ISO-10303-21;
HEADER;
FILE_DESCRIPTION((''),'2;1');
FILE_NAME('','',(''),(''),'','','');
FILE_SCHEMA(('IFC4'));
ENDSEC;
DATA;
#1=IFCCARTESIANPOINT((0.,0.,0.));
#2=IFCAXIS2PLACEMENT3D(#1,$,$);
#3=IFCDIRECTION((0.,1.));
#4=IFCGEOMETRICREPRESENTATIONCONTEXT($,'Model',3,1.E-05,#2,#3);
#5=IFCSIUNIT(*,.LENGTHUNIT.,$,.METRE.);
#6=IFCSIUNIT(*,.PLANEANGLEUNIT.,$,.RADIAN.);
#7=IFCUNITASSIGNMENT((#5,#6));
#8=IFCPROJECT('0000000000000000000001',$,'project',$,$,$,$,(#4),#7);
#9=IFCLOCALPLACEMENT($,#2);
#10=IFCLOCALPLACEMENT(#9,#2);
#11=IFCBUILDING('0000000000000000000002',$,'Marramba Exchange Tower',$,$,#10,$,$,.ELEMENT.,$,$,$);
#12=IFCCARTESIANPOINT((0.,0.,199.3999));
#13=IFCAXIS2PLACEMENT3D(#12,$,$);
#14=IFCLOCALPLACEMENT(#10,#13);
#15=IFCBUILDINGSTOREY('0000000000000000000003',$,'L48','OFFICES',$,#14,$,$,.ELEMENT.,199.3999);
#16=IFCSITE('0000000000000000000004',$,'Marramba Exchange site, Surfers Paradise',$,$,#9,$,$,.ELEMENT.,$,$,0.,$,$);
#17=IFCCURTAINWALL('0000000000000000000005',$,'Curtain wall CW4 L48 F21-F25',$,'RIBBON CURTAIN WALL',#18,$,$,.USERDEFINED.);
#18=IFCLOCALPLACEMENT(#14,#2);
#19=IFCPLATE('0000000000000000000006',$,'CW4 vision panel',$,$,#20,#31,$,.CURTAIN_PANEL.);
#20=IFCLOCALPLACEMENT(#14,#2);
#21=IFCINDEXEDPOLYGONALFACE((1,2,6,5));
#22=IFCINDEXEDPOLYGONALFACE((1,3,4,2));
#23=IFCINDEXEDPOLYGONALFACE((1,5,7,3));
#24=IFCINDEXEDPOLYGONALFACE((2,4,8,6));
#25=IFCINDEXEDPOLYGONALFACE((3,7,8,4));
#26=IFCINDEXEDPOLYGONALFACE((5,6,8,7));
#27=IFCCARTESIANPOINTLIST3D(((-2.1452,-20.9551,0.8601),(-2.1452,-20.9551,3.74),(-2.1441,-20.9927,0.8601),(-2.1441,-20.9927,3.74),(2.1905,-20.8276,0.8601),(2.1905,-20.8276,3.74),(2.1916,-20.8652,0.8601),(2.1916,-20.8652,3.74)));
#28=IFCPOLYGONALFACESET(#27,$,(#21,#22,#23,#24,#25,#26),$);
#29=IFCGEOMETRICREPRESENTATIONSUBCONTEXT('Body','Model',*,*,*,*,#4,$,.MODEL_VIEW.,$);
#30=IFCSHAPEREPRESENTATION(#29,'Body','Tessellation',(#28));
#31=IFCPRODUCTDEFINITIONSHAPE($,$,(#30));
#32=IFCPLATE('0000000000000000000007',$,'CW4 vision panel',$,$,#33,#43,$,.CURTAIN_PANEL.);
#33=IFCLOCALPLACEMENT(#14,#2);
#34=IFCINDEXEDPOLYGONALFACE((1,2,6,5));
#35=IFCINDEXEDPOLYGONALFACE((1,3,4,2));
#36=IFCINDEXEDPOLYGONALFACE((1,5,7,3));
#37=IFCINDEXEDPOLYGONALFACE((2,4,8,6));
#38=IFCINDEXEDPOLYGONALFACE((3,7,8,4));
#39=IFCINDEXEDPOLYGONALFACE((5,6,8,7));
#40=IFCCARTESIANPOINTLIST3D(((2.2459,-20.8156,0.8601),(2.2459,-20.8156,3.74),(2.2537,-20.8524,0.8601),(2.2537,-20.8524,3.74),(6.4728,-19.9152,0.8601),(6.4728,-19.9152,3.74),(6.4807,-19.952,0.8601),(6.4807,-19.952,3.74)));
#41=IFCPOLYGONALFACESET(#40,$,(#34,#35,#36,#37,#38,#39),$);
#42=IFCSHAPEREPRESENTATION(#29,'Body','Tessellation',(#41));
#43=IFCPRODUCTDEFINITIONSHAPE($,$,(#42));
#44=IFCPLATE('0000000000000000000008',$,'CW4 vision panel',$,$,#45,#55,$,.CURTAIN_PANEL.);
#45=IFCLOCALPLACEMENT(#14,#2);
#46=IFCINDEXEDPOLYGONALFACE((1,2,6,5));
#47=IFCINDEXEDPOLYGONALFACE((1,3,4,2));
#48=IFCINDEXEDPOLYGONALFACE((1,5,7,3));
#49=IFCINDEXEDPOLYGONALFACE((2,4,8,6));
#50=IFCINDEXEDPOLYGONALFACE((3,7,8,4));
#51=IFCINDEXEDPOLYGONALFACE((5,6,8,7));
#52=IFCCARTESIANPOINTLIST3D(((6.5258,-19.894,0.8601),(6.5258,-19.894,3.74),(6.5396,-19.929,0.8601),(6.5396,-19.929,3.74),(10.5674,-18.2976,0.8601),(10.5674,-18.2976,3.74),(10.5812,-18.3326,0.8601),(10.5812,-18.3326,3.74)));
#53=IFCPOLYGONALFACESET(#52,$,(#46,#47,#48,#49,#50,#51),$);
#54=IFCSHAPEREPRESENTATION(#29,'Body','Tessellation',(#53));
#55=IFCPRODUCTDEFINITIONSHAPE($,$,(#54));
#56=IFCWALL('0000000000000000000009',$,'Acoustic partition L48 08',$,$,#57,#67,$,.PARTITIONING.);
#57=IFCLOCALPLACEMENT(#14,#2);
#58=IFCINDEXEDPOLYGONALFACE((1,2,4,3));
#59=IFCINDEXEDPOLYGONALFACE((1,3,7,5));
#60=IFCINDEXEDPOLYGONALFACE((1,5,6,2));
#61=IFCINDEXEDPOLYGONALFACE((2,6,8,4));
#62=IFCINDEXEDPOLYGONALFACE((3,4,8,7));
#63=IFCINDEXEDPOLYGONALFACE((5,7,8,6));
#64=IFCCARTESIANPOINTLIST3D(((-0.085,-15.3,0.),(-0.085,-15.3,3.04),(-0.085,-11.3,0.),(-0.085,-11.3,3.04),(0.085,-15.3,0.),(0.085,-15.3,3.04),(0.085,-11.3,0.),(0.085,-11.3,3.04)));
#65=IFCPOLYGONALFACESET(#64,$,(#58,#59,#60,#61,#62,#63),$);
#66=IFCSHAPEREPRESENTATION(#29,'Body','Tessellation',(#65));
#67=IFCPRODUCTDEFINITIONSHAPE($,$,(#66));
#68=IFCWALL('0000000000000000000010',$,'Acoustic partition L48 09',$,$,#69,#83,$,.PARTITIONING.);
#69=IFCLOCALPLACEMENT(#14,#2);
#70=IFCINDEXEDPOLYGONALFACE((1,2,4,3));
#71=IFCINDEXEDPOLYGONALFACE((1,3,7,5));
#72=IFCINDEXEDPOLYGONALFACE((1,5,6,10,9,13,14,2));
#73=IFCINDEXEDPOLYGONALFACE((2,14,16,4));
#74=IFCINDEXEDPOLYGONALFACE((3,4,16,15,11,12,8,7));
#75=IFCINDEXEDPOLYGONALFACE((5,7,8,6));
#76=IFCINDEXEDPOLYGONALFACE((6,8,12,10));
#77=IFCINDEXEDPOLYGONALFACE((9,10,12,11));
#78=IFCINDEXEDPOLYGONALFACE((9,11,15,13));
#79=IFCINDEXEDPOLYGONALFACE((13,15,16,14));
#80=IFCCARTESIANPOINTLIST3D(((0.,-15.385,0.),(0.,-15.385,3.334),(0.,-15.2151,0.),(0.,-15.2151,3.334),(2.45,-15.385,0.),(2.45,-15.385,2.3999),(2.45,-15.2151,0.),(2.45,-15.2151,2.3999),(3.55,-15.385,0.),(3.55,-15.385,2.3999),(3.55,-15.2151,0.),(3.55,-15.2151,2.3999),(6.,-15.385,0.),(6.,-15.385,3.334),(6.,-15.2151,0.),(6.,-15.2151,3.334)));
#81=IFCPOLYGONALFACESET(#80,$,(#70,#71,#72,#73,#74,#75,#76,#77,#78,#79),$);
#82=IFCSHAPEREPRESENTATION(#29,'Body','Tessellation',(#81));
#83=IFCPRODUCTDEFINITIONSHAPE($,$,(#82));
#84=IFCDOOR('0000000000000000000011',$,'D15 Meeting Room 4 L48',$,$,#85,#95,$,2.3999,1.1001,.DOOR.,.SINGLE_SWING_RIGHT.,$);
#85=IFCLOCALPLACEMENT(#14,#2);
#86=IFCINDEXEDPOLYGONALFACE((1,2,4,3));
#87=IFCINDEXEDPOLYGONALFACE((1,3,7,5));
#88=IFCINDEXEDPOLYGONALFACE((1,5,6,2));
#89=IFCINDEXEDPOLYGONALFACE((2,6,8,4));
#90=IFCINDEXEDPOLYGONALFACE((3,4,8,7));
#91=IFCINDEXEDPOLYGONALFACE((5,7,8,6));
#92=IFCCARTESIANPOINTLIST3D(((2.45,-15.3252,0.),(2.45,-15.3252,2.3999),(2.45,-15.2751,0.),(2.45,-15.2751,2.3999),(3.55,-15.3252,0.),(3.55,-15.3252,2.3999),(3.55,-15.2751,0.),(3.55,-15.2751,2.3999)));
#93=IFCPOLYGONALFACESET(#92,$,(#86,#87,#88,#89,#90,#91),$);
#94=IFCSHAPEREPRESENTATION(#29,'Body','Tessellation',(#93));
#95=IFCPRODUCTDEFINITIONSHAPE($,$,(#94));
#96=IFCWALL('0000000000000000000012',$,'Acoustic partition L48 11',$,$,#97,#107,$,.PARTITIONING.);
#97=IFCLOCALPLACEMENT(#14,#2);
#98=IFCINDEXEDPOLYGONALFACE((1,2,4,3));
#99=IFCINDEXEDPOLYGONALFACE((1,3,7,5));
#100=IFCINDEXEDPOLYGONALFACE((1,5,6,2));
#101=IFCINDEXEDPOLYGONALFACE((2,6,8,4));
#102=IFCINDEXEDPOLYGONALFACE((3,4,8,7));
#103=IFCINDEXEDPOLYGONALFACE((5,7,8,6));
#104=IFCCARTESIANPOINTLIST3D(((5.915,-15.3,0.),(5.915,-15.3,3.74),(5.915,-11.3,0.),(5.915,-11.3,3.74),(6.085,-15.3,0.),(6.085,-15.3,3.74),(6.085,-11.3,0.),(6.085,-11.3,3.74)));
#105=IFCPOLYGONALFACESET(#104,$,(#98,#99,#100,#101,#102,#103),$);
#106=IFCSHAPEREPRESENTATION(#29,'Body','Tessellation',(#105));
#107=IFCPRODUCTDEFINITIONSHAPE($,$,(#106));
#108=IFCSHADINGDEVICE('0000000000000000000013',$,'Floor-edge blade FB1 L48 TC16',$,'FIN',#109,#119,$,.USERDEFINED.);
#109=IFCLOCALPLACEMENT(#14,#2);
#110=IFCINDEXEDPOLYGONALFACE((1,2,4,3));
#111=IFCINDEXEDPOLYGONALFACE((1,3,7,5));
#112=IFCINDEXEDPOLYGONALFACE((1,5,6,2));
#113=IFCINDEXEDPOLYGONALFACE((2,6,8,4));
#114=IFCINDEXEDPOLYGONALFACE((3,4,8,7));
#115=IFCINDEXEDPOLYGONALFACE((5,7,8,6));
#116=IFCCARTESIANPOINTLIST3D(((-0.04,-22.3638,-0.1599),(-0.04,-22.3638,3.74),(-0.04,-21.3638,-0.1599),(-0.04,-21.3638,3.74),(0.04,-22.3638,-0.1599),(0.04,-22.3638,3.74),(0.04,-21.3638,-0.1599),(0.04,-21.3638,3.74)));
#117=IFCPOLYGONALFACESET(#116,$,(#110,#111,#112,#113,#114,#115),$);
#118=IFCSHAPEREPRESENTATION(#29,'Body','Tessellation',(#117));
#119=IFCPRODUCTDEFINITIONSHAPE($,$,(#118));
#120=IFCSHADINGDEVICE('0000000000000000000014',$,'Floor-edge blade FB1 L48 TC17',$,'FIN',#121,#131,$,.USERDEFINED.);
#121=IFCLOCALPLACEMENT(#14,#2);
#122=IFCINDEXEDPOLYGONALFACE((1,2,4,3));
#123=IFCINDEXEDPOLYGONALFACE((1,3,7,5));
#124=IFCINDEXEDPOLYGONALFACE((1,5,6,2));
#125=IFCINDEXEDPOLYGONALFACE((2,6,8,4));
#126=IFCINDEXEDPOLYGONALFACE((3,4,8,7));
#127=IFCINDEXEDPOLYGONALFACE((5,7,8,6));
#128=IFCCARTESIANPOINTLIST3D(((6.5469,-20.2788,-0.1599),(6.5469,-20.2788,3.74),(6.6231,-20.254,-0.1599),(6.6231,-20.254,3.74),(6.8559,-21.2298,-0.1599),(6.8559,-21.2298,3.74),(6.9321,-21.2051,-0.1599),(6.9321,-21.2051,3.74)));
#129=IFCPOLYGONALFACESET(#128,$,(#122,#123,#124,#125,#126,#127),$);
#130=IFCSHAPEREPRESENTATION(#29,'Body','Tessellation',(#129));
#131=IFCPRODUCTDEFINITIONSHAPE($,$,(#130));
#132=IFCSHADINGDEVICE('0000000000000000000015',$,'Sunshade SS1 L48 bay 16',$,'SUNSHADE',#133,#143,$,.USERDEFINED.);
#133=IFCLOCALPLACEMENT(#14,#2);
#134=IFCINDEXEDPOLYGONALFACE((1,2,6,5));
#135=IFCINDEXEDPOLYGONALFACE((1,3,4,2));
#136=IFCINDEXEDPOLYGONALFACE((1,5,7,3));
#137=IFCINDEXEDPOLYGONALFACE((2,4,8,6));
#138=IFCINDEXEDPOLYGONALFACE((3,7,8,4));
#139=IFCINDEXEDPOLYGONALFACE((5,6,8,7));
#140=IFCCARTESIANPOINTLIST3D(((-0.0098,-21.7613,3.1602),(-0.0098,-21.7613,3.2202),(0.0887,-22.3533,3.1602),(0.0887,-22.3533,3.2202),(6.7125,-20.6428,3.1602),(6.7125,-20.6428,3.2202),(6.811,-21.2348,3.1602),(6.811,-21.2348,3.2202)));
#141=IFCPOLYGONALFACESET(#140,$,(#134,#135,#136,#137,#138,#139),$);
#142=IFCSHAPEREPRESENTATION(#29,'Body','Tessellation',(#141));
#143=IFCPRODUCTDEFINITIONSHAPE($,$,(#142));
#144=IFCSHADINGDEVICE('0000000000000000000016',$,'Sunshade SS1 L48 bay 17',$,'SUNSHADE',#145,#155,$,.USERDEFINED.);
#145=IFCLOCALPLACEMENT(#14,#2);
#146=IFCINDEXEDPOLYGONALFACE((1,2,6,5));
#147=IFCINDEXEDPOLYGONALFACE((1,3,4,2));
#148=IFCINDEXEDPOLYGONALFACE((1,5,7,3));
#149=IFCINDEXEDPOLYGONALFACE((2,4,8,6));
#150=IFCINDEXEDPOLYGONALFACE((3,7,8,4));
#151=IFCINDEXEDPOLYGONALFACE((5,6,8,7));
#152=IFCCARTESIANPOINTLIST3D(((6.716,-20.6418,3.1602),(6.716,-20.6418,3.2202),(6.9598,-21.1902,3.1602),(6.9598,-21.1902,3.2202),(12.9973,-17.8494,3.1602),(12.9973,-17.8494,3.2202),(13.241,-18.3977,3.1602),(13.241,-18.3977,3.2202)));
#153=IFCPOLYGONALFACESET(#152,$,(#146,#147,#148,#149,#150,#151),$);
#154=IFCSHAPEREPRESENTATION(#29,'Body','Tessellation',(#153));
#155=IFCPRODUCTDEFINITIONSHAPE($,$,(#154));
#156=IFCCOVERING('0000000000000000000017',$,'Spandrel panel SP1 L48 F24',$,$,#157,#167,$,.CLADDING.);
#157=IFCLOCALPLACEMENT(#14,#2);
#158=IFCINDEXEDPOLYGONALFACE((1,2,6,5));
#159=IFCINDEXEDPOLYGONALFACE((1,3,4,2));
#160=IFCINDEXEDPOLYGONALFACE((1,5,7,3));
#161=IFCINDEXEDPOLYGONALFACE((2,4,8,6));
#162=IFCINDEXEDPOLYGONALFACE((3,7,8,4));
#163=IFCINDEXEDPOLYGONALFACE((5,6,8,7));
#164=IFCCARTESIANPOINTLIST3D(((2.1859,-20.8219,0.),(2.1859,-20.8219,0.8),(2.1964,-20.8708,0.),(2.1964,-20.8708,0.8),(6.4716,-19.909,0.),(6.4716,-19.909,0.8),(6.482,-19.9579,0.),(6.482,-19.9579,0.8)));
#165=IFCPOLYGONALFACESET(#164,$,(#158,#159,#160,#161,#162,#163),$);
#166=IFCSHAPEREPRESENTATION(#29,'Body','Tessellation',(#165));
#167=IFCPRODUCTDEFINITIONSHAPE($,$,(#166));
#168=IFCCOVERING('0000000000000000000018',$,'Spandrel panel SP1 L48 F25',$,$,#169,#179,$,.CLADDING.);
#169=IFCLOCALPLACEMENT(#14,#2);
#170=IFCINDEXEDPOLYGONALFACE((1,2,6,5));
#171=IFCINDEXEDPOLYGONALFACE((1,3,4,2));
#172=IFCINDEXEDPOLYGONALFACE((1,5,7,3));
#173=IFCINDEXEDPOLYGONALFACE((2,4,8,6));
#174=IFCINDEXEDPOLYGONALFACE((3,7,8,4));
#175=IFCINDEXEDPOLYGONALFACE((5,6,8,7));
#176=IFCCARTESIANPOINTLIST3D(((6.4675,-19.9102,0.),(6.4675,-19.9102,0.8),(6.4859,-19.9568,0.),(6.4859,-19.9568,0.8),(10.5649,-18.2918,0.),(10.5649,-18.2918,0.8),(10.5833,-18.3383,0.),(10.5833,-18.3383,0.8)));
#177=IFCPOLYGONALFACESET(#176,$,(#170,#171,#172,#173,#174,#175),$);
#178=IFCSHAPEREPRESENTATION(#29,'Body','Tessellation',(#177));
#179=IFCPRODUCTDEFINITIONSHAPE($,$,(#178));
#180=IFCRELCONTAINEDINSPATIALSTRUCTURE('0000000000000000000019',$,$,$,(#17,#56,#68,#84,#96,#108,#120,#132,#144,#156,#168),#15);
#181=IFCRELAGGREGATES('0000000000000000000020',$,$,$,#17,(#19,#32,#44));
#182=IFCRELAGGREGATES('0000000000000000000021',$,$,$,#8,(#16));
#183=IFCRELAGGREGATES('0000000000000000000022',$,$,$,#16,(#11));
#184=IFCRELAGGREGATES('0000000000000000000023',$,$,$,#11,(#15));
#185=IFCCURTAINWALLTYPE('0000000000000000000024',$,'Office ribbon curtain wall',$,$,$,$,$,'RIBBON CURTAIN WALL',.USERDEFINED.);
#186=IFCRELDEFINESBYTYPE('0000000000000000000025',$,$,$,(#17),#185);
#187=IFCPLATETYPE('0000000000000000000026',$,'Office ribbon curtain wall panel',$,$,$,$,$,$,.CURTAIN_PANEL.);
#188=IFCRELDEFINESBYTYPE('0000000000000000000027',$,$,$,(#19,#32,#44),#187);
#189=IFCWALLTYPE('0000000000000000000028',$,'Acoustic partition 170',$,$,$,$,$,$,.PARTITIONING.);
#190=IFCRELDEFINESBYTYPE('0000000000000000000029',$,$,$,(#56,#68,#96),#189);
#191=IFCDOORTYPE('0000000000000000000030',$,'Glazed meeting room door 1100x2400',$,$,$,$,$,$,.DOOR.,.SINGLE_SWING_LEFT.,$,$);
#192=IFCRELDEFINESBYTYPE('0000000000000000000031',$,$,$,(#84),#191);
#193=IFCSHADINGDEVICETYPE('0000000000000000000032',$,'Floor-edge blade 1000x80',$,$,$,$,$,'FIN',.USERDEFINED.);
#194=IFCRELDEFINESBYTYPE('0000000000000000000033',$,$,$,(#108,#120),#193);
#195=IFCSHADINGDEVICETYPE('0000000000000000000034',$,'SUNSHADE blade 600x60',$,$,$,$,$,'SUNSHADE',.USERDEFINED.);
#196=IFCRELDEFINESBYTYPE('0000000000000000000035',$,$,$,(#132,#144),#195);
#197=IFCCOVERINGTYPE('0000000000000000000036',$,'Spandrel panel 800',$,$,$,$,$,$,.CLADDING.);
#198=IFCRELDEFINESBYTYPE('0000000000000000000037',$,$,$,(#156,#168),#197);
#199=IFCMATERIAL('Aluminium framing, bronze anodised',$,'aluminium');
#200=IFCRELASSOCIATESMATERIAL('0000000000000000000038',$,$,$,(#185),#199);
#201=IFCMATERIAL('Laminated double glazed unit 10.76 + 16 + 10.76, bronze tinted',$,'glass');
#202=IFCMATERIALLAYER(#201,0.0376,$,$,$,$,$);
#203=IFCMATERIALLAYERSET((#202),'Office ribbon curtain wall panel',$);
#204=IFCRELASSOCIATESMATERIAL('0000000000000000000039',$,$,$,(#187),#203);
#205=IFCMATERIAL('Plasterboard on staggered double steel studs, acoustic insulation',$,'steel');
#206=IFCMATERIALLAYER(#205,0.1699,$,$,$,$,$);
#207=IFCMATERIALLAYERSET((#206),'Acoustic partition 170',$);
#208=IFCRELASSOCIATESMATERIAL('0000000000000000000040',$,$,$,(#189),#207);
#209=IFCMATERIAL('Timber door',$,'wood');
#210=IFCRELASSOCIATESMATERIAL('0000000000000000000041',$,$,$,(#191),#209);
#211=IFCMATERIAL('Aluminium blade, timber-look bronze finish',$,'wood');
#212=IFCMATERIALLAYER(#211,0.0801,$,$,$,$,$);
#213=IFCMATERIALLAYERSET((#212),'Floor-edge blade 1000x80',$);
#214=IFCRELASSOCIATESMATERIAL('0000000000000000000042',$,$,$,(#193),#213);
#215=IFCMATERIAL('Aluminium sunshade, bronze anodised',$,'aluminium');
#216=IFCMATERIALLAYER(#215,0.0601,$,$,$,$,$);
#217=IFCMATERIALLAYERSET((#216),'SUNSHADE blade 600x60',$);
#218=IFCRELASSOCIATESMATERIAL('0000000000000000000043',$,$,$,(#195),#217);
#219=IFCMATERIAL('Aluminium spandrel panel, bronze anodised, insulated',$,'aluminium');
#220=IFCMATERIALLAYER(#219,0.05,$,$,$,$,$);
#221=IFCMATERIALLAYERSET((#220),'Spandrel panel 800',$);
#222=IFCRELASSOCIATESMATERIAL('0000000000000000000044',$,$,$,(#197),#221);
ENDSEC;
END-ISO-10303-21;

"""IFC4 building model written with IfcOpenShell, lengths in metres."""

from ifc_helpers import new_model, si_unit, direction, frame, frame_2d, origin, origin_2d, place, context, subcontext, project, spatial, rectangle, extrude, material, layer, layer_set, type_object, element, fill, aggregate, save


model = new_model("IFC4")

# Units and contexts
model_context = context("Model", 3, precision=1e-05, world=origin(), true_north=direction((0.0, 1.0)))
body_context = subcontext(model_context, "Body", "Model", "MODEL_VIEW")
ifc_project = project(units=[si_unit("LENGTHUNIT", "METRE"), si_unit("PLANEANGLEUNIT", "RADIAN")], contexts=[model_context])

# Site, building, storey
site_placement = place(None, origin())
site = spatial("IfcSite", under=ifc_project, at=site_placement, Name="Marramba Exchange site, Surfers Paradise", CompositionType="ELEMENT", RefElevation=0.0)
building_placement = place(site_placement, origin())
building = spatial("IfcBuilding", under=site, at=building_placement, Name="Marramba Exchange Tower", CompositionType="ELEMENT")
storey_placement = place(building_placement, frame((0.0, 0.0, 199.3999)))
storey = spatial("IfcBuildingStorey", under=building, at=storey_placement, Name="L48", Description="OFFICES", CompositionType="ELEMENT", Elevation=199.3999)

# Curtain wall
ifc_material_1 = material(Name="Aluminium framing, bronze anodised", Category="aluminium")
curtain_wall_type = type_object("IfcCurtainWallType", Name="Office ribbon curtain wall", ElementType="RIBBON CURTAIN WALL", PredefinedType="USERDEFINED", material=ifc_material_1)
curtain_wall_placement = place(storey_placement, origin())
curtain_wall = element("IfcCurtainWall", 1, at=curtain_wall_placement, inside=storey, type_object=curtain_wall_type, Name="Curtain wall CW4 L48 F21-F25", ObjectType="RIBBON CURTAIN WALL", PredefinedType="USERDEFINED")

# Plates
ifc_material_2 = material(Name="Laminated double glazed unit 10.76 + 16 + 10.76, bronze tinted", Category="glass")
ifc_layer_1 = layer(ifc_material_2, 0.0376)
ifc_layer_set_1 = layer_set([ifc_layer_1], Name="Office ribbon curtain wall panel")
plate_type = type_object("IfcPlateType", Name="Office ribbon curtain wall panel", PredefinedType="CURTAIN_PANEL", material=ifc_layer_set_1)
plate_1_placement = place(storey_placement, frame((0.0232, -20.9102, 0.8601), z_axis=(0.0, 0.0, 1.0), x_axis=(0.999568, 0.029393, 0.0)))
plate_1 = element("IfcPlate", 2, at=plate_1_placement, type_object=plate_type, Name="CW4 vision panel", PredefinedType="CURTAIN_PANEL", context=body_context, shape_type="SweptSolid", body=[
    extrude(rectangle(XDim=4.3376, YDim=0.0376, at=origin_2d()), origin(), (0.0, 0.0, 1.0), 2.8799),
])
plate_2_placement = place(storey_placement, frame((4.3633, -20.3838, 0.8601), z_axis=(0.0, 0.0, 1.0), x_axis=(0.978058, 0.208332, 0.0)))
plate_2 = element("IfcPlate", 3, at=plate_2_placement, type_object=plate_type, Name="CW4 vision panel", PredefinedType="CURTAIN_PANEL", context=body_context, shape_type="SweptSolid", body=[
    extrude(rectangle(XDim=4.3218, YDim=0.0376, at=origin_2d()), origin(), (0.0, 0.0, 1.0), 2.8799),
])
plate_3_placement = place(storey_placement, frame((8.5535, -19.1133, 0.8601), z_axis=(0.0, 0.0, 1.0), x_axis=(0.930073, 0.367375, 0.0)))
plate_3 = element("IfcPlate", 4, at=plate_3_placement, type_object=plate_type, Name="CW4 vision panel", PredefinedType="CURTAIN_PANEL", context=body_context, shape_type="SweptSolid", body=[
    extrude(rectangle(XDim=4.3455, YDim=0.0376, at=origin_2d()), origin(), (0.0, 0.0, 1.0), 2.8799),
])
aggregate(curtain_wall, [plate_1, plate_2, plate_3])

# Wall
ifc_material_3 = material(Name="Plasterboard on staggered double steel studs, acoustic insulation", Category="steel")
ifc_layer_2 = layer(ifc_material_3, 0.1699)
ifc_layer_set_2 = layer_set([ifc_layer_2], Name="Acoustic partition 170")
wall_type = type_object("IfcWallType", Name="Acoustic partition 170", PredefinedType="PARTITIONING", material=ifc_layer_set_2)
wall_1_placement = place(storey_placement, frame((0.0, -15.3, 0.0), z_axis=(0.0, 0.0, 1.0), x_axis=(0.0, 1.0, 0.0)))
element("IfcWall", 5, at=wall_1_placement, inside=storey, type_object=wall_type, Name="Acoustic partition L48 08", PredefinedType="PARTITIONING", context=body_context, shape_type="SweptSolid", body=[
    extrude(rectangle(XDim=4.0, YDim=0.1699, at=frame_2d((2.0, 0.0))), origin(), (0.0, 0.0, 1.0), 3.04),
])

# Wall, opening, door
wall_2_placement = place(storey_placement, frame((0.0, -15.3, 0.0), z_axis=(0.0, 0.0, 1.0), x_axis=(1.0, 0.0, 0.0)))
wall_2 = element("IfcWall", 6, at=wall_2_placement, inside=storey, type_object=wall_type, Name="Acoustic partition L48 09", PredefinedType="PARTITIONING", context=body_context, shape_type="SweptSolid", body=[
    extrude(rectangle(XDim=6.0, YDim=0.1699, at=frame_2d((3.0, 0.0))), origin(), (0.0, 0.0, 1.0), 3.334),
])
opening_placement = place(wall_2_placement, frame((2.45, 0.0, 0.0)))
opening = element("IfcOpeningElement", 7, at=opening_placement, cuts=wall_2, PredefinedType="OPENING", context=body_context, shape_type="SweptSolid", body=[
    extrude(rectangle(XDim=1.1001, YDim=2.3999, at=frame_2d((0.55, 1.2))), frame((0.0, 0.095, 0.0), z_axis=(0.0, -1.0, 0.0), x_axis=(1.0, 0.0, 0.0)), (0.0, 0.0, 1.0), 0.1899),
])
ifc_material_4 = material(Name="Timber door", Category="wood")
door_type = type_object("IfcDoorType", Name="Glazed meeting room door 1100x2400", OperationType="SINGLE_SWING_LEFT", PredefinedType="DOOR", material=ifc_material_4)
door_placement = place(opening_placement, origin())
door = element("IfcDoor", 8, at=door_placement, inside=storey, type_object=door_type, Name="D15 Meeting Room 4 L48", OperationType="SINGLE_SWING_RIGHT", OverallHeight=2.3999, OverallWidth=1.1001, PredefinedType="DOOR", context=body_context, shape_type="SweptSolid", body=[
    extrude(rectangle(XDim=1.1001, YDim=2.3999, at=frame_2d((0.55, 1.2))), frame((0.0, 0.0249, 0.0), z_axis=(0.0, -1.0, 0.0), x_axis=(1.0, 0.0, 0.0)), (0.0, 0.0, 1.0), 0.05),
])
fill(opening, door)

# Wall
wall_3_placement = place(storey_placement, frame((6.0, -15.3, 0.0), z_axis=(0.0, 0.0, 1.0), x_axis=(0.0, 1.0, 0.0)))
element("IfcWall", 9, at=wall_3_placement, inside=storey, type_object=wall_type, Name="Acoustic partition L48 11", PredefinedType="PARTITIONING", context=body_context, shape_type="SweptSolid", body=[
    extrude(rectangle(XDim=4.0, YDim=0.1699, at=frame_2d((2.0, 0.0))), origin(), (0.0, 0.0, 1.0), 3.74),
])

# Shading devices
ifc_material_5 = material(Name="Aluminium blade, timber-look bronze finish", Category="wood")
ifc_layer_3 = layer(ifc_material_5, 0.0801)
ifc_layer_set_3 = layer_set([ifc_layer_3], Name="Floor-edge blade 1000x80")
shading_device_type_1 = type_object("IfcShadingDeviceType", Name="Floor-edge blade 1000x80", ElementType="FIN", PredefinedType="USERDEFINED", material=ifc_layer_set_3)
for number, where, z_axis, x_axis, name in (
    (10, (0.0, -21.8638, -0.1599), (0.0, 0.0, 1.0), (0.0, -1.0, 0.0), "Floor-edge blade FB1 L48 TC16"),
    (11, (6.7395, -20.7419, -0.1599), (0.0, 0.0, 1.0), (0.309017, -0.951057, 0.0), "Floor-edge blade FB1 L48 TC17"),
):
    element("IfcShadingDevice", number, at=place(storey_placement, frame(where, z_axis=z_axis, x_axis=x_axis)), inside=storey, type_object=shading_device_type_1, Name=name, ObjectType="FIN", PredefinedType="USERDEFINED", context=body_context, shape_type="SweptSolid", body=[
        extrude(rectangle(XDim=1.0, YDim=0.0801, at=origin_2d()), origin(), (0.0, 0.0, 1.0), 3.8999),
    ])
ifc_material_6 = material(Name="Aluminium sunshade, bronze anodised", Category="aluminium")
ifc_layer_4 = layer(ifc_material_6, 0.0601)
ifc_layer_set_4 = layer_set([ifc_layer_4], Name="SUNSHADE blade 600x60")
shading_device_type_2 = type_object("IfcShadingDeviceType", Name="SUNSHADE blade 600x60", ElementType="SUNSHADE", PredefinedType="USERDEFINED", material=ifc_layer_set_4)
shading_device_1_placement = place(storey_placement, frame((3.4006, -21.498, 3.1602), z_axis=(0.0, 0.0, 1.0), x_axis=(0.98644, 0.164125, 0.0)))
element("IfcShadingDevice", 12, at=shading_device_1_placement, inside=storey, type_object=shading_device_type_2, Name="Sunshade SS1 L48 bay 16", ObjectType="SUNSHADE", PredefinedType="USERDEFINED", context=body_context, shape_type="SweptSolid", body=[
    extrude(rectangle(XDim=6.8147, YDim=0.6001, at=origin_2d()), origin(), (0.0, 0.0, 1.0), 0.0601),
])
shading_device_2_placement = place(storey_placement, frame((9.9785, -19.5198, 3.1602), z_axis=(0.0, 0.0, 1.0), x_axis=(0.913772, 0.406228, 0.0)))
element("IfcShadingDevice", 13, at=shading_device_2_placement, inside=storey, type_object=shading_device_type_2, Name="Sunshade SS1 L48 bay 17", ObjectType="SUNSHADE", PredefinedType="USERDEFINED", context=body_context, shape_type="SweptSolid", body=[
    extrude(rectangle(XDim=6.874, YDim=0.6001, at=origin_2d()), origin(), (0.0, 0.0, 1.0), 0.0601),
])

# Coverings
ifc_material_7 = material(Name="Aluminium spandrel panel, bronze anodised, insulated", Category="aluminium")
ifc_layer_5 = layer(ifc_material_7, 0.05)
ifc_layer_set_5 = layer_set([ifc_layer_5], Name="Spandrel panel 800")
covering_type = type_object("IfcCoveringType", Name="Spandrel panel 800", PredefinedType="CLADDING", material=ifc_layer_set_5)
covering_1_placement = place(storey_placement, frame((4.334, -20.3899, 0.0), z_axis=(0.0, 0.0, 1.0), x_axis=(0.978058, 0.208332, 0.0)))
element("IfcCovering", 14, at=covering_1_placement, inside=storey, type_object=covering_type, Name="Spandrel panel SP1 L48 F24", PredefinedType="CLADDING", context=body_context, shape_type="SweptSolid", body=[
    extrude(rectangle(XDim=4.3818, YDim=0.05, at=origin_2d()), origin(), (0.0, 0.0, 1.0), 0.8),
])
covering_2_placement = place(storey_placement, frame((8.5254, -19.1243, 0.0), z_axis=(0.0, 0.0, 1.0), x_axis=(0.930073, 0.367375, 0.0)))
element("IfcCovering", 15, at=covering_2_placement, inside=storey, type_object=covering_type, Name="Spandrel panel SP1 L48 F25", PredefinedType="CLADDING", context=body_context, shape_type="SweptSolid", body=[
    extrude(rectangle(XDim=4.4055, YDim=0.05, at=origin_2d()), origin(), (0.0, 0.0, 1.0), 0.8),
])

save(model, "model.ifc")
